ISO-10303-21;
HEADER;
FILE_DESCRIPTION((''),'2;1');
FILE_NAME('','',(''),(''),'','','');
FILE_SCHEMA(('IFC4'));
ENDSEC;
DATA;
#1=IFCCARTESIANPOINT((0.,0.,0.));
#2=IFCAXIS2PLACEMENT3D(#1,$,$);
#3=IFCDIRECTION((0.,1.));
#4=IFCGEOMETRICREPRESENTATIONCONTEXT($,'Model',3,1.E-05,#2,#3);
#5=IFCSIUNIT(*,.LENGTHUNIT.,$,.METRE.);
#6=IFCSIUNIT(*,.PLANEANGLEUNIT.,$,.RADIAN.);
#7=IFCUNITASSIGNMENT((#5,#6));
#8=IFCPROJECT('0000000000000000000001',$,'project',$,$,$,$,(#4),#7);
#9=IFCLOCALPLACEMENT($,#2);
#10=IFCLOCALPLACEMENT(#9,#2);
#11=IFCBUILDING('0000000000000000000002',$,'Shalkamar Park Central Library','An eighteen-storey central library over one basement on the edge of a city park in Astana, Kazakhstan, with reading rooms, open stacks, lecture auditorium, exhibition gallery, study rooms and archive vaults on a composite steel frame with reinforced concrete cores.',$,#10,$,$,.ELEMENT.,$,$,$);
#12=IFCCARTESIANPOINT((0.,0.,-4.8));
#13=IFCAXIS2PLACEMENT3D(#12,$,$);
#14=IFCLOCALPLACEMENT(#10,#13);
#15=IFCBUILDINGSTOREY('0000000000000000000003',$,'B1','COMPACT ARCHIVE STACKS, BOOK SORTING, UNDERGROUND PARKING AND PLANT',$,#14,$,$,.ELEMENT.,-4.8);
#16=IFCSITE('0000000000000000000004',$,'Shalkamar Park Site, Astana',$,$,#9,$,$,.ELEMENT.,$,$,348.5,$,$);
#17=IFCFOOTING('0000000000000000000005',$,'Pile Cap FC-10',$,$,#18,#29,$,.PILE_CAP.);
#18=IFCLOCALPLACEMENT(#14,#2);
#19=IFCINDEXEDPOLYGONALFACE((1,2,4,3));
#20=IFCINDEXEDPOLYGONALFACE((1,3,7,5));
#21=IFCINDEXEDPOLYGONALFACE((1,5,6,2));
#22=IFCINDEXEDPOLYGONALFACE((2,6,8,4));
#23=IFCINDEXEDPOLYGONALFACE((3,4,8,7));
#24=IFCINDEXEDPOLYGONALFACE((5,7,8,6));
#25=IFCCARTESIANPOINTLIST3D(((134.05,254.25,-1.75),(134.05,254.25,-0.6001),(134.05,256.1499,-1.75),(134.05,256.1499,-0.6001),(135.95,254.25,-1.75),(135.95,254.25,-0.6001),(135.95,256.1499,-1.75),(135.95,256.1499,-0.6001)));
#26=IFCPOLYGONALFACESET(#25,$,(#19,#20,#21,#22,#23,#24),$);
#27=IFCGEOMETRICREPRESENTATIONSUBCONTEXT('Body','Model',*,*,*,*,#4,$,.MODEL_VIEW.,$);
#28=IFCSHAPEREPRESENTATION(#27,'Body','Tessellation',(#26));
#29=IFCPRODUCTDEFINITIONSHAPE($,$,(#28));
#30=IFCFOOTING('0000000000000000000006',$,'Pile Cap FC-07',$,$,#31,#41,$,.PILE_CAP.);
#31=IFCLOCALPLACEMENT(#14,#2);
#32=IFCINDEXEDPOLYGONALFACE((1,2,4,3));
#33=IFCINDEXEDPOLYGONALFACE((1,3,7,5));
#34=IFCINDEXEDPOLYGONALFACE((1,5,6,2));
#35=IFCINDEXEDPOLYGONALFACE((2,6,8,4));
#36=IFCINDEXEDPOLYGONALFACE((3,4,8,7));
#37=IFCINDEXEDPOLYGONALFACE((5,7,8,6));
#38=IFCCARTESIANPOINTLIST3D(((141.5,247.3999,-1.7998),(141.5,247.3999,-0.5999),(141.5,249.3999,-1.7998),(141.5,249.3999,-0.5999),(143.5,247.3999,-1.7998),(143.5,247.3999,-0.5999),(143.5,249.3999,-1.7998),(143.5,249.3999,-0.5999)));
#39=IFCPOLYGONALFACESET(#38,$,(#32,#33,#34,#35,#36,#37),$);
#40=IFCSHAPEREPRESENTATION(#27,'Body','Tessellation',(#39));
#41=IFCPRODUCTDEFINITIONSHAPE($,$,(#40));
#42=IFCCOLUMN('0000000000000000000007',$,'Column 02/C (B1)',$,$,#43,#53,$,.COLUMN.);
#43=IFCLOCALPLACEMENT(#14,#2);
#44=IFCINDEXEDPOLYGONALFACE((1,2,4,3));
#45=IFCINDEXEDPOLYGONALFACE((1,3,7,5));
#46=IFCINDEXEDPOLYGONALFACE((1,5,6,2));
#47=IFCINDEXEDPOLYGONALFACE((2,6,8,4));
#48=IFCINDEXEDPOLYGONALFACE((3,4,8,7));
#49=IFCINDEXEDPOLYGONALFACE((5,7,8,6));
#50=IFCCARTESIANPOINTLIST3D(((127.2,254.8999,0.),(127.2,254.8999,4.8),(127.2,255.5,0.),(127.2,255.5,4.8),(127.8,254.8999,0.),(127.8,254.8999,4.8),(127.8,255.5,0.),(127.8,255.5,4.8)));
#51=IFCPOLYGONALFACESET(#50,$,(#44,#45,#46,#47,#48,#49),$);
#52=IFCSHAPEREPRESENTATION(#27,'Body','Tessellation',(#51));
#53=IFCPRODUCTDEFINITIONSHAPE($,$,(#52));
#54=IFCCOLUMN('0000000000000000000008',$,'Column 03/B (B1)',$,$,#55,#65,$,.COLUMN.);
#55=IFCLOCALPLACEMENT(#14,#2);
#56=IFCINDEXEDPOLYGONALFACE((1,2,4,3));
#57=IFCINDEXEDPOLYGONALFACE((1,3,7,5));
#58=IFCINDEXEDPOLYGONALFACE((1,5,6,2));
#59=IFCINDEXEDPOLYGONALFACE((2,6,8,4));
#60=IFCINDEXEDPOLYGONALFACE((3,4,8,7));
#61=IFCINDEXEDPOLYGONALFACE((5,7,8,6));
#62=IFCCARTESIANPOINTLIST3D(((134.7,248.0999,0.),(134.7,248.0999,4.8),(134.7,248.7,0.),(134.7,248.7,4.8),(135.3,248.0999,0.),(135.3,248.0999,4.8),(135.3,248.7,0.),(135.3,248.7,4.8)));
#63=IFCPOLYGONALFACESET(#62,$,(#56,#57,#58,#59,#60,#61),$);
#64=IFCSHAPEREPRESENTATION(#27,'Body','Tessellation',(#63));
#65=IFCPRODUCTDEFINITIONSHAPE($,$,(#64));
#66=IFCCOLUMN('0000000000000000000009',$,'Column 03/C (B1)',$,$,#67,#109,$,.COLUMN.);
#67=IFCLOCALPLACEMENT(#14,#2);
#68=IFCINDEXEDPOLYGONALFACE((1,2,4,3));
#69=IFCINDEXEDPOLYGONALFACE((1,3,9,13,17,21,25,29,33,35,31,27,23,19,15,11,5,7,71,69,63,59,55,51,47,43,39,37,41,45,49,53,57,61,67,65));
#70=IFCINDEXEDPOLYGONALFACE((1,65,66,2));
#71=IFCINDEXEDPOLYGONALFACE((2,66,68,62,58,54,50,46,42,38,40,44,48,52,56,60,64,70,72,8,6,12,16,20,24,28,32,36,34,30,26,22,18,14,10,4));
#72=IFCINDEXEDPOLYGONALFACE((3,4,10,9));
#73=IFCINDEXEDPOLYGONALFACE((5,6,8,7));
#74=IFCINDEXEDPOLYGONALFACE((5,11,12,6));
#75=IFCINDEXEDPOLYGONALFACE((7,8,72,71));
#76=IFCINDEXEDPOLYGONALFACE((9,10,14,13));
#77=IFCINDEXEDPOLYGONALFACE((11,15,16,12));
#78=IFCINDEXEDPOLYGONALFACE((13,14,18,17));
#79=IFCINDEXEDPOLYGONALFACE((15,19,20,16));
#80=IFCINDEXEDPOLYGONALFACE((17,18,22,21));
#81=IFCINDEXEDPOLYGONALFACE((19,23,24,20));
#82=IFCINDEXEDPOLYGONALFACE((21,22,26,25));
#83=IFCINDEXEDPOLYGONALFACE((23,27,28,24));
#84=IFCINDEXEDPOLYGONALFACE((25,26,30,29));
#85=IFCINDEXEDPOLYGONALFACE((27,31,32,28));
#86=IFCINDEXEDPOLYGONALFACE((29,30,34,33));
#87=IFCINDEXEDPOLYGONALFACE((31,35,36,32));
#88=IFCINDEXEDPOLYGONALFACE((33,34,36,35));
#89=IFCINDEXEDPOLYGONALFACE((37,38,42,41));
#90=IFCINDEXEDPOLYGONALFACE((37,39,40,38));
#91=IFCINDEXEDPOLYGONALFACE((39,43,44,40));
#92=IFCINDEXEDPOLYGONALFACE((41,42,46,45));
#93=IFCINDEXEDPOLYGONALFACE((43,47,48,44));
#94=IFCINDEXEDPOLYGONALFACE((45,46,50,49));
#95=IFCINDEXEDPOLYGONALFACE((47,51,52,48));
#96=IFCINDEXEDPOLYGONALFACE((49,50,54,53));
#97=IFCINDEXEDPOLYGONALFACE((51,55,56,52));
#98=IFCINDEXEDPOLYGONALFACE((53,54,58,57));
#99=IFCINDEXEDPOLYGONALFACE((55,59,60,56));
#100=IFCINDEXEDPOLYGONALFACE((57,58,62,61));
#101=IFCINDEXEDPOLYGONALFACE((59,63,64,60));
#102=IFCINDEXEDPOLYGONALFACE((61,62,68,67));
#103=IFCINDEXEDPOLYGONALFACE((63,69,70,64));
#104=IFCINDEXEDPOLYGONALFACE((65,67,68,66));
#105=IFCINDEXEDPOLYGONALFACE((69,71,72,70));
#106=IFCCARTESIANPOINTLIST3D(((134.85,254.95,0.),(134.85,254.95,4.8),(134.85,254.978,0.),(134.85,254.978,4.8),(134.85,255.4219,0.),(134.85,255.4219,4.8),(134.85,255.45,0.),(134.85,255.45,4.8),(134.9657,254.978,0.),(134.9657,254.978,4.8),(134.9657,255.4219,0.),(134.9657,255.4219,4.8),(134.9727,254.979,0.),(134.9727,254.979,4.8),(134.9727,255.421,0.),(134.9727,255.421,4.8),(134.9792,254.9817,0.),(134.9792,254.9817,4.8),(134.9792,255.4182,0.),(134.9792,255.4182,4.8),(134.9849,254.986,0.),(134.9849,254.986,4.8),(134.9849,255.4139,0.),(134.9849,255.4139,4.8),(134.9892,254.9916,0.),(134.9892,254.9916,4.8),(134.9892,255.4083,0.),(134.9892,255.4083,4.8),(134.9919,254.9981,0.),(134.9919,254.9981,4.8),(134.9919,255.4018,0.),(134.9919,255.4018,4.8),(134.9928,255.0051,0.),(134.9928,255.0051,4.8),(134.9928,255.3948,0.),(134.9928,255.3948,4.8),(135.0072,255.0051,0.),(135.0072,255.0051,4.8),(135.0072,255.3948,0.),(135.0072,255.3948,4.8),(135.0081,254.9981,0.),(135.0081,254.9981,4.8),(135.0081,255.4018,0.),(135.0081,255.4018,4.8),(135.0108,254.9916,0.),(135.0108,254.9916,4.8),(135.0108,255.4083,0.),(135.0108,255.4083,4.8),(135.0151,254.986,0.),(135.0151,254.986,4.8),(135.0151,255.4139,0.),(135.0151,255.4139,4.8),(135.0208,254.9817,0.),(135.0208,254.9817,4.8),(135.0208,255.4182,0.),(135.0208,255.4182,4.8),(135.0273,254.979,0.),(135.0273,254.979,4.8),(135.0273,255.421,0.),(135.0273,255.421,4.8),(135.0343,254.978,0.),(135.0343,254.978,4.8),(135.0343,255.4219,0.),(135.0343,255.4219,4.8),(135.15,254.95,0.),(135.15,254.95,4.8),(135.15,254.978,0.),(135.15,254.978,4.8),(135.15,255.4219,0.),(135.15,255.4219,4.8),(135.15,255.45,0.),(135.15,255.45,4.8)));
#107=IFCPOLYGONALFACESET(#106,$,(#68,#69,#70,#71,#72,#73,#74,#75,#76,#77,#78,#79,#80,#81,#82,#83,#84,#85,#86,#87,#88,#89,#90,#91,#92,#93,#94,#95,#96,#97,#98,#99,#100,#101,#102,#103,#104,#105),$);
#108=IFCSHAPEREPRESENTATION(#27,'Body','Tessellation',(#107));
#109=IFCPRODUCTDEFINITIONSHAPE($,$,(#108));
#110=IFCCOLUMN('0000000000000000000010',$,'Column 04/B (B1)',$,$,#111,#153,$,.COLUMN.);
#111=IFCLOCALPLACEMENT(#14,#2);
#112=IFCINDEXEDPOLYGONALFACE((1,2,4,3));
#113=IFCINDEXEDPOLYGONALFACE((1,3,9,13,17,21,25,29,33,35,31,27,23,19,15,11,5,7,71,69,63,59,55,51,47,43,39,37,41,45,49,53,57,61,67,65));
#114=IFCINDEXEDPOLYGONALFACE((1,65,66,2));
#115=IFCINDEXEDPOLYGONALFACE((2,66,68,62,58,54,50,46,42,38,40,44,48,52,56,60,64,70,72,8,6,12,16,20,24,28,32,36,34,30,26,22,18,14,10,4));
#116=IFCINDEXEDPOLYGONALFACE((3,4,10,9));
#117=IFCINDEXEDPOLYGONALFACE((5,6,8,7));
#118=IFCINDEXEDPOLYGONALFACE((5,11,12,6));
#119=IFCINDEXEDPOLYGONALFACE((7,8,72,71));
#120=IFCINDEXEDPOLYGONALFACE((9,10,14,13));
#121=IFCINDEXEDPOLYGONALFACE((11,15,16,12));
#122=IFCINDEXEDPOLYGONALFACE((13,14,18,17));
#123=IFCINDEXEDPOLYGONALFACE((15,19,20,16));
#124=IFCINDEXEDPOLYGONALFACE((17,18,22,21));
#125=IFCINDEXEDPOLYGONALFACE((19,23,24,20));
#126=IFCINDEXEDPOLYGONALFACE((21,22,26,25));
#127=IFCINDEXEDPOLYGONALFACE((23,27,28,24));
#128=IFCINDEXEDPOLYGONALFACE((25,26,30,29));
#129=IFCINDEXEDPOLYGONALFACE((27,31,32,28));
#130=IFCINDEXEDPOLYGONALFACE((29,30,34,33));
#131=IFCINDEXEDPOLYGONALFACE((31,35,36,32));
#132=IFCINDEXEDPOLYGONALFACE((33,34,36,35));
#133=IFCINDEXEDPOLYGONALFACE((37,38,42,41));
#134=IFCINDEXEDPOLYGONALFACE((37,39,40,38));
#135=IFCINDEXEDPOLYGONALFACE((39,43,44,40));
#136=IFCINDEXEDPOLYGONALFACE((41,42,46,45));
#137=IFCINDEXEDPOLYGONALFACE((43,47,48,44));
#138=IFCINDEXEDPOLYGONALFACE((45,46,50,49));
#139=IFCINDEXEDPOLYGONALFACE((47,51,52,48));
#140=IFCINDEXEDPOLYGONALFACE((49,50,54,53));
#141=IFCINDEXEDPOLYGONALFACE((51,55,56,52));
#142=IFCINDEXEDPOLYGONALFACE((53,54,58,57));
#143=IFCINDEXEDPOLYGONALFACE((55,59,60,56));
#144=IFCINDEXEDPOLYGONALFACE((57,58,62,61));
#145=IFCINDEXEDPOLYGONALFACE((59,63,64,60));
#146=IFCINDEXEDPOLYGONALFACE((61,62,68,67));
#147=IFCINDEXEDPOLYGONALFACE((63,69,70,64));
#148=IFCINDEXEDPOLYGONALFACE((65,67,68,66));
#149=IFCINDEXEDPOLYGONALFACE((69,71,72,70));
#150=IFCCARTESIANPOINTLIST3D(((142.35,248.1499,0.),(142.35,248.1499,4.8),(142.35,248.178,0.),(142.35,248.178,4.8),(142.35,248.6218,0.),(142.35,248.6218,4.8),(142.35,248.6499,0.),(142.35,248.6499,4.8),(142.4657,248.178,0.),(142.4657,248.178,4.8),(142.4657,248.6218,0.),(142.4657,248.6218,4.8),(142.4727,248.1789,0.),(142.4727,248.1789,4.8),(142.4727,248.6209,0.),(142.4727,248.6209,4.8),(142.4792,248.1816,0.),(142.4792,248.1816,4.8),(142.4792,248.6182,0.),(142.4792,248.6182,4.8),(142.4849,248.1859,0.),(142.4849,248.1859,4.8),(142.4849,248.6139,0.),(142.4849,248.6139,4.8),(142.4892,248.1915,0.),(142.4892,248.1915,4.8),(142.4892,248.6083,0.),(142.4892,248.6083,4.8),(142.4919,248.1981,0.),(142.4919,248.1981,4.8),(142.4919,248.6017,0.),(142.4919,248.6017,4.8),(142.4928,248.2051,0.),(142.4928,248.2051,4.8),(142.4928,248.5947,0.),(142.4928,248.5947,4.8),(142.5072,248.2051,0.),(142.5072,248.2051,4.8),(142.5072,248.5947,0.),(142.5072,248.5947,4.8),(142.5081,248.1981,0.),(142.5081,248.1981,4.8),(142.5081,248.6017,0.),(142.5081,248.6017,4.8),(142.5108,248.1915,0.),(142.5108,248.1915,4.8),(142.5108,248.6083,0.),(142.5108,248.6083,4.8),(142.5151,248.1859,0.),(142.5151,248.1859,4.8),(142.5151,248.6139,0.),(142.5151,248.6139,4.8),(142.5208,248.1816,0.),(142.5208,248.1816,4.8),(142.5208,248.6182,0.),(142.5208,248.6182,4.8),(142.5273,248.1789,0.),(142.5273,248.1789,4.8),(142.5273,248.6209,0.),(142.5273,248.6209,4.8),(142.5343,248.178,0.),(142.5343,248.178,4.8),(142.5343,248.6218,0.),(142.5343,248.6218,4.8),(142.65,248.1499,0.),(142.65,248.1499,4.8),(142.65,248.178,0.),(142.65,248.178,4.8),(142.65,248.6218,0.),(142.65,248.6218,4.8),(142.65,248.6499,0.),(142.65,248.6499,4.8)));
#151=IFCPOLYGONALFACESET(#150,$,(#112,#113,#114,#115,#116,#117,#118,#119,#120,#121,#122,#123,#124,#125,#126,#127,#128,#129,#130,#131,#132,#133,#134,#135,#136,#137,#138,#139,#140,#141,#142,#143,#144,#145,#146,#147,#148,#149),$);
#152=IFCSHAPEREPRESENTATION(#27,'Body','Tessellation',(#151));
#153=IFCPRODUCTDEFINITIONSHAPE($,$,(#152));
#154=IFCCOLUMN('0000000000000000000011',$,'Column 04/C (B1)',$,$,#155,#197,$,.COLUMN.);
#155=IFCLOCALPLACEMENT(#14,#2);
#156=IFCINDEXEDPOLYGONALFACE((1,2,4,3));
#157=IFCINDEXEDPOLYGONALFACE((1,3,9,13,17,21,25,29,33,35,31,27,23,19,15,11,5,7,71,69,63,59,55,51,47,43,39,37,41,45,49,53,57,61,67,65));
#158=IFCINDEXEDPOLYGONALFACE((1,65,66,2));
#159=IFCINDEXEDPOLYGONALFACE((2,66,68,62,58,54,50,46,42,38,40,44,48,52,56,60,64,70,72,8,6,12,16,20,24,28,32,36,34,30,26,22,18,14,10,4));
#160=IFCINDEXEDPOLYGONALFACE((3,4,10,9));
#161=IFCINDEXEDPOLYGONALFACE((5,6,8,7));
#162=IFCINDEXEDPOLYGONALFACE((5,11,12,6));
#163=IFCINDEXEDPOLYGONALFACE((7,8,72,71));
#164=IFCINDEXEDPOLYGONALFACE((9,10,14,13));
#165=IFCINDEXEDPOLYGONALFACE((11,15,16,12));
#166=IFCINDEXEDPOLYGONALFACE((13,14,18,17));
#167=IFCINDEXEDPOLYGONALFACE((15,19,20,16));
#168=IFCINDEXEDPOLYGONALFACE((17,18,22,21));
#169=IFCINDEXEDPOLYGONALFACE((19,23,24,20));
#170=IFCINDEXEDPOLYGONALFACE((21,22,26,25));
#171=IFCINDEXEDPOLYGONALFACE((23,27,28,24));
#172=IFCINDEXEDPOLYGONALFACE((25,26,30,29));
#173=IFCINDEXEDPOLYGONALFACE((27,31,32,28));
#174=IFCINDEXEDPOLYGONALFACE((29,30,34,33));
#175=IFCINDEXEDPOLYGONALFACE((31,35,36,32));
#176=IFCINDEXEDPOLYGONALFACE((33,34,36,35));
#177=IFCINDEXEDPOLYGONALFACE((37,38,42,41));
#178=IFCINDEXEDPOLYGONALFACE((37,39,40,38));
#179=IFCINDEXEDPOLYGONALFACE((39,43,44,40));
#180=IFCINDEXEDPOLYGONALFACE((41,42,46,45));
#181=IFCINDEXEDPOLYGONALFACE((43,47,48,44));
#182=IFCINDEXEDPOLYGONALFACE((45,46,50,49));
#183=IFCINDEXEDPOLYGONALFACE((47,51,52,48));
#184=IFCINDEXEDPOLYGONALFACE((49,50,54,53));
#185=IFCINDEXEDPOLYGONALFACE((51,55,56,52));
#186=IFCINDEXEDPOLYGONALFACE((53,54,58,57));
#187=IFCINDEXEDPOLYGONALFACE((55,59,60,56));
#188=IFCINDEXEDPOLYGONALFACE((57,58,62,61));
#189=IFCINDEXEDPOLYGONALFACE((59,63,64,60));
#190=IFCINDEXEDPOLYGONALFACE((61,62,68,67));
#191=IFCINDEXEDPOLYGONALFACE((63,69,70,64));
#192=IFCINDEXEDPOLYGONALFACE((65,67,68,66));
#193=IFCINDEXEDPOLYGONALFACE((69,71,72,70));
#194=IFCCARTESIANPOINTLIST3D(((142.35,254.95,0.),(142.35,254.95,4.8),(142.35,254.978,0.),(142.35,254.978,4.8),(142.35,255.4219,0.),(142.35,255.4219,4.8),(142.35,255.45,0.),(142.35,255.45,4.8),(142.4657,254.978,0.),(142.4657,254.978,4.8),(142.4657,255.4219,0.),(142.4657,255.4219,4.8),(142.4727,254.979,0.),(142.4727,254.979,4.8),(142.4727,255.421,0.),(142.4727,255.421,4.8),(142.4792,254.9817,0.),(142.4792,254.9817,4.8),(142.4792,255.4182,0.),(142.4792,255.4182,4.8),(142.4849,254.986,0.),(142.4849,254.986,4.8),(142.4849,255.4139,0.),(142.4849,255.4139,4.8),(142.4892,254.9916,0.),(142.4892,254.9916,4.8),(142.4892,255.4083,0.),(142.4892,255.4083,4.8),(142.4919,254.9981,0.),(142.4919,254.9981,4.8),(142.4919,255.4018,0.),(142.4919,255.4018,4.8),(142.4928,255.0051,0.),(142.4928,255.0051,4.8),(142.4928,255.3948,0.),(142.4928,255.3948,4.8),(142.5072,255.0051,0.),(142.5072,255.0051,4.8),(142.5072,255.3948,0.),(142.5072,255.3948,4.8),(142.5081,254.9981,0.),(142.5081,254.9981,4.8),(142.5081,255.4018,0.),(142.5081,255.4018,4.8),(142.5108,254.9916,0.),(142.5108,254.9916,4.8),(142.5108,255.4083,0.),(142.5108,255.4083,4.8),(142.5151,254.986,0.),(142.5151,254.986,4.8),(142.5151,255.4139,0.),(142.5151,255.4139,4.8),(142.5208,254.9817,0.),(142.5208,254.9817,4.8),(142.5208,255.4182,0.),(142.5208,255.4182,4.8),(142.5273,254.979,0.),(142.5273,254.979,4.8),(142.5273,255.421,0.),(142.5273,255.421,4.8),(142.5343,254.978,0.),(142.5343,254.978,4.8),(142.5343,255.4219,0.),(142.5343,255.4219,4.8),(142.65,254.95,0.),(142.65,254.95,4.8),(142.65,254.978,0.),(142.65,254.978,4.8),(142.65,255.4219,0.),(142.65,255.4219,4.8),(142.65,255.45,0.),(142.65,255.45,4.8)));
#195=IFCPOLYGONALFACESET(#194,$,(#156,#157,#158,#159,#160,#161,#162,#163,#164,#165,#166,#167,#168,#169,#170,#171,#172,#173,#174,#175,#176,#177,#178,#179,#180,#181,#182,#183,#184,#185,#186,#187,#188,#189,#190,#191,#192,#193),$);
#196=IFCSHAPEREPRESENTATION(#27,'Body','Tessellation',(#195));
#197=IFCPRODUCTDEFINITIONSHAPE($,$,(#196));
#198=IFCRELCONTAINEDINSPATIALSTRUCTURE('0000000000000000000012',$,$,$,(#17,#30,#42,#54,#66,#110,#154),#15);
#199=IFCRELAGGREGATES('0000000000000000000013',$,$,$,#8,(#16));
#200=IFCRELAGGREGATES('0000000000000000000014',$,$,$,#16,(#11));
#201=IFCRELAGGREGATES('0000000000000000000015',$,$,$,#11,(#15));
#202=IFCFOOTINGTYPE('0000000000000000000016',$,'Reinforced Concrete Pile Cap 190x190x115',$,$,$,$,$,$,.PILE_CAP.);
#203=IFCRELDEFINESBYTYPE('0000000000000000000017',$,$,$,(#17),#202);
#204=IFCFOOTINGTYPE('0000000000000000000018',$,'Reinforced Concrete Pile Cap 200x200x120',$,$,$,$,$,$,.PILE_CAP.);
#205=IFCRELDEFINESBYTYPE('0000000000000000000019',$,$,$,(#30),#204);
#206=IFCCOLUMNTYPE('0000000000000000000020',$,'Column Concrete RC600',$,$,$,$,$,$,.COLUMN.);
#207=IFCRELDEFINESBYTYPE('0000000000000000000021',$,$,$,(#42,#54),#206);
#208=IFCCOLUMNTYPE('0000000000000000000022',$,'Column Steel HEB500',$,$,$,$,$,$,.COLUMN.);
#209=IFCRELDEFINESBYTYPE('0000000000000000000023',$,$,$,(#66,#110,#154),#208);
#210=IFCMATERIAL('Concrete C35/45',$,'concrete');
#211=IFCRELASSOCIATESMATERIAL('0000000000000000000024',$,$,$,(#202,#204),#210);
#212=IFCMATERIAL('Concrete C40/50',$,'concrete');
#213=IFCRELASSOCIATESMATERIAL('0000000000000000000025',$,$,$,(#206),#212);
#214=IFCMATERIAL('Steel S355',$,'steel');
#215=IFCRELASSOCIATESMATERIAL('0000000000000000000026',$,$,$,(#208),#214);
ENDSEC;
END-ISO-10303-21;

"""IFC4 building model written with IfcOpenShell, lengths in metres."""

from ifc_helpers import new_model, si_unit, direction, frame, origin, origin_2d, place, context, subcontext, project, spatial, rectangle, i_section, extrude, material, material_profile, profile_set, type_object, element, save


model = new_model("IFC4")

# Units and contexts
model_context = context("Model", 3, precision=1e-05, world=origin(), true_north=direction((0.0, 1.0)))
body_context = subcontext(model_context, "Body", "Model", "MODEL_VIEW")
ifc_project = project(units=[si_unit("LENGTHUNIT", "METRE"), si_unit("PLANEANGLEUNIT", "RADIAN")], contexts=[model_context])

# Site, building, storey
site_placement = place(None, origin())
site = spatial("IfcSite", under=ifc_project, at=site_placement, Name="Shalkamar Park Site, Astana", CompositionType="ELEMENT", RefElevation=348.5)
building_placement = place(site_placement, origin())
building = spatial("IfcBuilding", under=site, at=building_placement, Name="Shalkamar Park Central Library", Description="An eighteen-storey central library over one basement on the edge of a city park in Astana, Kazakhstan, with reading rooms, open stacks, lecture auditorium, exhibition gallery, study rooms and archive vaults on a composite steel frame with reinforced concrete cores.", CompositionType="ELEMENT")
storey_placement = place(building_placement, frame((0.0, 0.0, -4.8)))
storey = spatial("IfcBuildingStorey", under=building, at=storey_placement, Name="B1", Description="COMPACT ARCHIVE STACKS, BOOK SORTING, UNDERGROUND PARKING AND PLANT", CompositionType="ELEMENT", Elevation=-4.8)

# Shared definitions
ifc_material_1 = material(Name="Concrete C35/45", Category="concrete")

# Footings
footing_type_1 = type_object("IfcFootingType", Name="Reinforced Concrete Pile Cap 190x190x115", PredefinedType="PILE_CAP", material=ifc_material_1)
footing_1_placement = place(storey_placement, frame((135.0, 255.2, -1.75), z_axis=(0.0, 0.0, 1.0), x_axis=(1.0, 0.0, 0.0)))
element("IfcFooting", 1, at=footing_1_placement, inside=storey, type_object=footing_type_1, Name="Pile Cap FC-10", PredefinedType="PILE_CAP", context=body_context, shape_type="SweptSolid", body=[
    extrude(rectangle(XDim=1.8999, YDim=1.8999, at=origin_2d()), origin(), (0.0, 0.0, 1.0), 1.1499),
])
footing_type_2 = type_object("IfcFootingType", Name="Reinforced Concrete Pile Cap 200x200x120", PredefinedType="PILE_CAP", material=ifc_material_1)
footing_2_placement = place(storey_placement, frame((142.5, 248.3999, -1.7998), z_axis=(0.0, 0.0, 1.0), x_axis=(1.0, 0.0, 0.0)))
element("IfcFooting", 2, at=footing_2_placement, inside=storey, type_object=footing_type_2, Name="Pile Cap FC-07", PredefinedType="PILE_CAP", context=body_context, shape_type="SweptSolid", body=[
    extrude(rectangle(XDim=2.0, YDim=2.0, at=origin_2d()), origin(), (0.0, 0.0, 1.0), 1.2),
])

# Columns
ifc_material_2 = material(Name="Concrete C40/50", Category="concrete")
ifc_material_profile_1 = material_profile(ifc_material_2, rectangle(XDim=0.6001, YDim=0.6001, at=origin_2d()), Name="RC 600x600")
ifc_profile_set_1 = profile_set([ifc_material_profile_1], Name="Concrete C40/50")
column_type_1 = type_object("IfcColumnType", Name="Column Concrete RC600", PredefinedType="COLUMN", material=ifc_profile_set_1)
for number, where, z_axis, x_axis, name in (
    (3, (127.5, 255.2, 0.0), (0.0, 0.0, 1.0), (1.0, 0.0, 0.0), "Column 02/C (B1)"),
    (4, (135.0, 248.3999, 0.0), (0.0, 0.0, 1.0), (1.0, 0.0, 0.0), "Column 03/B (B1)"),
):
    element("IfcColumn", number, at=place(storey_placement, frame(where, z_axis=z_axis, x_axis=x_axis)), inside=storey, type_object=column_type_1, Name=name, PredefinedType="COLUMN", context=body_context, shape_type="SweptSolid", body=[
        extrude(rectangle(XDim=0.6001, YDim=0.6001, at=origin_2d()), origin(), (0.0, 0.0, 1.0), 4.8),
    ])
ifc_material_3 = material(Name="Steel S355", Category="steel")
ifc_material_profile_2 = material_profile(ifc_material_3, i_section(OverallWidth=0.3, OverallDepth=0.5, WebThickness=0.0144, FlangeThickness=0.0281, FilletRadius=0.0271, at=origin_2d()), Name="HEB 500")
ifc_profile_set_2 = profile_set([ifc_material_profile_2], Name="Steel S355")
column_type_2 = type_object("IfcColumnType", Name="Column Steel HEB500", PredefinedType="COLUMN", material=ifc_profile_set_2)
for number, where, z_axis, x_axis, name in (
    (5, (135.0, 255.2, 0.0), (0.0, 0.0, 1.0), (1.0, 0.0, 0.0), "Column 03/C (B1)"),
    (6, (142.5, 248.3999, 0.0), (0.0, 0.0, 1.0), (1.0, 0.0, 0.0), "Column 04/B (B1)"),
    (7, (142.5, 255.2, 0.0), (0.0, 0.0, 1.0), (1.0, 0.0, 0.0), "Column 04/C (B1)"),
):
    element("IfcColumn", number, at=place(storey_placement, frame(where, z_axis=z_axis, x_axis=x_axis)), inside=storey, type_object=column_type_2, Name=name, PredefinedType="COLUMN", context=body_context, shape_type="SweptSolid", body=[
        extrude(i_section(OverallWidth=0.3, OverallDepth=0.5, WebThickness=0.0144, FlangeThickness=0.0281, FilletRadius=0.0271, at=origin_2d()), origin(), (0.0, 0.0, 1.0), 4.8),
    ])

save(model, "model.ifc")
